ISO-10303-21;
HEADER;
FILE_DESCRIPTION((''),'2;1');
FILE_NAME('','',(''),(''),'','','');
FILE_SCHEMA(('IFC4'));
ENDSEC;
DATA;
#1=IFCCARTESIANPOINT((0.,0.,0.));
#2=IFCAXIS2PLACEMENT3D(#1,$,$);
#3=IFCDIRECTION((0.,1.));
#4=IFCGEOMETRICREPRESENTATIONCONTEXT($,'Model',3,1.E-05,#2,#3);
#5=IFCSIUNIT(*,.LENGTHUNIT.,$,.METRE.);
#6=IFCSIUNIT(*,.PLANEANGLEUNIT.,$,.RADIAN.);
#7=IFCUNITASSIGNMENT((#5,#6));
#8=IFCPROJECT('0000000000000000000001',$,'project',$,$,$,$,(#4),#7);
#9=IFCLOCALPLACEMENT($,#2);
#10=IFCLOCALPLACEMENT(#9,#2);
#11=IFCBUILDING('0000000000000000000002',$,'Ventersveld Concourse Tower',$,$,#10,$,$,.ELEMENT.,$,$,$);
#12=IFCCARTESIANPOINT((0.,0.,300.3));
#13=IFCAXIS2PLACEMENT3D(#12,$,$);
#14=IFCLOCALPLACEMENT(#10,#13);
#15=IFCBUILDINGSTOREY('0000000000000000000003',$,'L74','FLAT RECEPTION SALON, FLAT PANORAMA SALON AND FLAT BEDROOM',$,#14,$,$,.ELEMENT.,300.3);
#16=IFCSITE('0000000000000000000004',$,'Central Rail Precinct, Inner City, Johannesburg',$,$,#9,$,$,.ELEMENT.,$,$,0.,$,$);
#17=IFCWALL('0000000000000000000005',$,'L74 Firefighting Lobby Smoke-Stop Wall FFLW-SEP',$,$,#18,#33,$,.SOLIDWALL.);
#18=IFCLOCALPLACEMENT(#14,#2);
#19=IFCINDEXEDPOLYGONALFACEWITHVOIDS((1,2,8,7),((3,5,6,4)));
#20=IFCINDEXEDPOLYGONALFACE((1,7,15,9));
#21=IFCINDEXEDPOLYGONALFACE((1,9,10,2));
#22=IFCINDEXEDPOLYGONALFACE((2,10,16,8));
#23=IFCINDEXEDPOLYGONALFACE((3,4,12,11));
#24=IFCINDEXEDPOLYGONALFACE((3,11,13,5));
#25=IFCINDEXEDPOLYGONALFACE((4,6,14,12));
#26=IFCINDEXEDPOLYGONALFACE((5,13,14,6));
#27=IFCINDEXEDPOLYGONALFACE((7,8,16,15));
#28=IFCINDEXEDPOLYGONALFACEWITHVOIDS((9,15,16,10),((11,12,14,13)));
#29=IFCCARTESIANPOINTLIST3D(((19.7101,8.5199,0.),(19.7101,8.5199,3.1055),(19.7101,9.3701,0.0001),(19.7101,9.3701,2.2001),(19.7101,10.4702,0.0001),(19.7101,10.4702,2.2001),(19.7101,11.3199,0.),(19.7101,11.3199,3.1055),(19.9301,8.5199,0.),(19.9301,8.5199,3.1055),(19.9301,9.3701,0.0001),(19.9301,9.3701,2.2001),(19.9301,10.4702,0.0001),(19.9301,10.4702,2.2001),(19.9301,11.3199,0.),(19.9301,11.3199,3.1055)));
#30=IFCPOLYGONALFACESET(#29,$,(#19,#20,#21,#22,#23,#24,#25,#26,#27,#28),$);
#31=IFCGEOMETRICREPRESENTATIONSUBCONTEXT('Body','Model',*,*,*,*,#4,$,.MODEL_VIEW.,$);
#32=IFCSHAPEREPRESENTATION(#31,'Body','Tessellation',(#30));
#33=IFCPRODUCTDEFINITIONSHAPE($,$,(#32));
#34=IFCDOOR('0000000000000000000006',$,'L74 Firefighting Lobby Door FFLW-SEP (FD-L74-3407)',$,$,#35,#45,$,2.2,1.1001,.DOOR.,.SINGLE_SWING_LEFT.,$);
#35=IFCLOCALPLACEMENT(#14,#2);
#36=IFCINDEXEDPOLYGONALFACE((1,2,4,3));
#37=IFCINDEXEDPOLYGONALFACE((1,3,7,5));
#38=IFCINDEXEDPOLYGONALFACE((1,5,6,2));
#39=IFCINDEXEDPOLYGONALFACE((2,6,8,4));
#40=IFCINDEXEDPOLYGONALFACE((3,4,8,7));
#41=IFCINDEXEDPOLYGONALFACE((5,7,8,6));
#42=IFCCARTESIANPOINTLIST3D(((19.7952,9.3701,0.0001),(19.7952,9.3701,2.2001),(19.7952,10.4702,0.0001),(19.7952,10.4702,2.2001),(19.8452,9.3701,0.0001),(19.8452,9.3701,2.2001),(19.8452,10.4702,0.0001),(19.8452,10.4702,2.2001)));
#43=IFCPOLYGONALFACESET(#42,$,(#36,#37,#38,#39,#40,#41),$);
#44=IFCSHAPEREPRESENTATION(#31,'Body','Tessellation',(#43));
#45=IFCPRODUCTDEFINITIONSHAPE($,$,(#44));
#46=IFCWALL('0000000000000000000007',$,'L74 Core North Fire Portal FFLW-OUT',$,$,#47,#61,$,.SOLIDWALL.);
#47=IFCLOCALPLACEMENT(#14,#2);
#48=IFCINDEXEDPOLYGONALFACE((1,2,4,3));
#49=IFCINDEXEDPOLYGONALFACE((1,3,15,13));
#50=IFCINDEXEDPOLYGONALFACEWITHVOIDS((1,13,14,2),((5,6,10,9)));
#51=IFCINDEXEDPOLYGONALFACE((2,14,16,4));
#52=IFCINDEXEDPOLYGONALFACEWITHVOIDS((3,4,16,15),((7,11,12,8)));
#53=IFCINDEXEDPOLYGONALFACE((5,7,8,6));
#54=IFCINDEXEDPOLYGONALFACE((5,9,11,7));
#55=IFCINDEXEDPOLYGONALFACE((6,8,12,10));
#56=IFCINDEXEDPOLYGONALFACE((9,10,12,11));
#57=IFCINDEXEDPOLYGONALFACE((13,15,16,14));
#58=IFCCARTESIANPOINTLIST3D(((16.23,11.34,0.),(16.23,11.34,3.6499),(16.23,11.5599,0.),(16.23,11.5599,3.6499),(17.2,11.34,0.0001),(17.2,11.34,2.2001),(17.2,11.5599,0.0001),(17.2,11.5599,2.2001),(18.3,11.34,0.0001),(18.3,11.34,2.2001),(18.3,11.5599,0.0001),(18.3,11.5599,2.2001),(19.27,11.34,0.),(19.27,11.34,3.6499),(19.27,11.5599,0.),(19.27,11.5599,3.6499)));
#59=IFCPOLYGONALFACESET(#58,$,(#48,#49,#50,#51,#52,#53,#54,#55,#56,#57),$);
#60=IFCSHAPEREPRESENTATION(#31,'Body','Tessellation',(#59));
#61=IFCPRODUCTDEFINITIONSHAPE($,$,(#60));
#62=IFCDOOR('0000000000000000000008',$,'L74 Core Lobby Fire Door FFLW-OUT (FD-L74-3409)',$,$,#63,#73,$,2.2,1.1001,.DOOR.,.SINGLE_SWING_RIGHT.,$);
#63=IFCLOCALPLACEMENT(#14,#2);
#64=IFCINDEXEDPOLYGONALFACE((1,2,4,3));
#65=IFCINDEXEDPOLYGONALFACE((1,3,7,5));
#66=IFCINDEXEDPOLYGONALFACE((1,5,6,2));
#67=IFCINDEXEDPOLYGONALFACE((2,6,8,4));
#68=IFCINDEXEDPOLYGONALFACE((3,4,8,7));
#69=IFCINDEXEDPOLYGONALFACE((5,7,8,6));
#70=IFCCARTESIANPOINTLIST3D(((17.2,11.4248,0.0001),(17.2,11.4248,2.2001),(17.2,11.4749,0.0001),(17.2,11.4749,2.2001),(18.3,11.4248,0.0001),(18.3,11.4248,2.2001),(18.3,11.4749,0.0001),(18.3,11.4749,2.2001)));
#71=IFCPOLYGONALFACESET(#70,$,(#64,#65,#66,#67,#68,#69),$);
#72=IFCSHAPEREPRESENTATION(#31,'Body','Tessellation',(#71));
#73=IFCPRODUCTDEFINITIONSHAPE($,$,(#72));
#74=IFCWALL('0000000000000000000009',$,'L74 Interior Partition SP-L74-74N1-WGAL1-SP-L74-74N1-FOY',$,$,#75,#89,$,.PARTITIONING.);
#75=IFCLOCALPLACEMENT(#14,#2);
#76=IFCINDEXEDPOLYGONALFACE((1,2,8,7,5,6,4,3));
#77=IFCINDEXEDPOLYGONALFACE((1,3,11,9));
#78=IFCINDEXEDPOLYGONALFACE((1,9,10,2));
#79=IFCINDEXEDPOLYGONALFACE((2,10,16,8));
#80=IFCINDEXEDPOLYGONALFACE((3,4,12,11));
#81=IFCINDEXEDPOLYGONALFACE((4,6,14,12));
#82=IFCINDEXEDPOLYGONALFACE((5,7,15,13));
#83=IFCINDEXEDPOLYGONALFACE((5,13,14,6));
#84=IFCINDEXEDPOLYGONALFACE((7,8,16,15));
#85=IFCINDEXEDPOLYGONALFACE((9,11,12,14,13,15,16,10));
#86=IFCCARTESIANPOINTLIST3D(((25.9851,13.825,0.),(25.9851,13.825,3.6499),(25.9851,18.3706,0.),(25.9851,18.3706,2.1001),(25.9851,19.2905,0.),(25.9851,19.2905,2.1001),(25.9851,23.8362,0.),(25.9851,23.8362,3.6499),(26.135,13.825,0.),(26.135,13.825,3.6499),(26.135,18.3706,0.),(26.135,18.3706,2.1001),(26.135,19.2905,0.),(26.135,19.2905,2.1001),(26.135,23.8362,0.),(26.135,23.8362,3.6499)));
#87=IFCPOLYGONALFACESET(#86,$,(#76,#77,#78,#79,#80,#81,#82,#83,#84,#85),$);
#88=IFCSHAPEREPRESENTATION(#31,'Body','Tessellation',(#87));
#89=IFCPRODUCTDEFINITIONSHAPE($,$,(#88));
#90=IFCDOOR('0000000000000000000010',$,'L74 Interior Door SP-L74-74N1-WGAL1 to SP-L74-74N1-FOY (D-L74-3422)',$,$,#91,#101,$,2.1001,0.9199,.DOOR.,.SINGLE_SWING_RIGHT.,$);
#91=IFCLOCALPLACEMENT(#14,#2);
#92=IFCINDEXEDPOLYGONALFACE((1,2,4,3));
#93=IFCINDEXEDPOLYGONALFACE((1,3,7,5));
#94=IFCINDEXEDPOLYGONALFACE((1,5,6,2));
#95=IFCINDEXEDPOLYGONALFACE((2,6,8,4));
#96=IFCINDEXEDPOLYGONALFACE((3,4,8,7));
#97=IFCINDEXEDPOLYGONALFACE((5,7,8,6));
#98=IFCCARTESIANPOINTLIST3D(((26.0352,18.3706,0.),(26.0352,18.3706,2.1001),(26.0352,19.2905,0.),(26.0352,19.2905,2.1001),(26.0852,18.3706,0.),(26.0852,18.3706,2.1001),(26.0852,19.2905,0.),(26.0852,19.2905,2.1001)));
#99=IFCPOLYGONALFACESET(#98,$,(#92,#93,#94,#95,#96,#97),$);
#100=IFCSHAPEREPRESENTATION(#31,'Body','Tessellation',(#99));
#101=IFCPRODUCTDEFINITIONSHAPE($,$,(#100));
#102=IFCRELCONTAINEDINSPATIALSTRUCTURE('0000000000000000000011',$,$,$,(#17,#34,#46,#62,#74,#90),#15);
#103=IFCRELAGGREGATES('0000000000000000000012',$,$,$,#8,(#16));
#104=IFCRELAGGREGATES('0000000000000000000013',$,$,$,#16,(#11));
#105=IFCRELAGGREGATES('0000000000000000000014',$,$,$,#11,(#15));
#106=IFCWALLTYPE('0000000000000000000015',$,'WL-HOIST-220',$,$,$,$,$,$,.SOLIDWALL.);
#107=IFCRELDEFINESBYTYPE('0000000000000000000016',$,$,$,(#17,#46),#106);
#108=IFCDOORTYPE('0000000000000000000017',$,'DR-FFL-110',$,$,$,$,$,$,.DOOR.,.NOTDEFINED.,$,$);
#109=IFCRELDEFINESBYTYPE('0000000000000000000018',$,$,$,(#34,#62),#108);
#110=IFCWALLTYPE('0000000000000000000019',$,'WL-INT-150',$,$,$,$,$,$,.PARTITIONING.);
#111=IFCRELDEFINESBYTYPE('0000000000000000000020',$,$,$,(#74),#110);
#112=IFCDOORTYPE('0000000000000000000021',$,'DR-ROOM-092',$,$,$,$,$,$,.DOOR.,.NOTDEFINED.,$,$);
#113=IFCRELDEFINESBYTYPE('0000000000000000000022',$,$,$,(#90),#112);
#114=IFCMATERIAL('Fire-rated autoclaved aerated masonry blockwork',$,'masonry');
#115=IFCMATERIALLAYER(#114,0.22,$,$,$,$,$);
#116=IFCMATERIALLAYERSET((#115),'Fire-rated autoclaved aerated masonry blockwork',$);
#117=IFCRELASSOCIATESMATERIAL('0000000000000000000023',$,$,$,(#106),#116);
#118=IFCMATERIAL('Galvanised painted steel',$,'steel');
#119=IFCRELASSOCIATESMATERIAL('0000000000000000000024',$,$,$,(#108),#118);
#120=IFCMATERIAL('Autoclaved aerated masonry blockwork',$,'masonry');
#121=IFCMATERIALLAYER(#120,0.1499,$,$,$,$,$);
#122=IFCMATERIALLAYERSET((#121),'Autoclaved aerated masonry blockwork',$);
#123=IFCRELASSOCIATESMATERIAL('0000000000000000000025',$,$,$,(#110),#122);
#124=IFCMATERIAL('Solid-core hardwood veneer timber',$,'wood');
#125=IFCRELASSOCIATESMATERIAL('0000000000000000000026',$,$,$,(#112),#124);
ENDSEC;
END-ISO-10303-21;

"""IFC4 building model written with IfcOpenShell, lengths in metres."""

from ifc_helpers import new_model, si_unit, direction, frame, frame_2d, origin, place, context, subcontext, project, spatial, rectangle, extrude, material, layer, layer_set, type_object, element, fill, save


model = new_model("IFC4")

# Units and contexts
model_context = context("Model", 3, precision=1e-05, world=origin(), true_north=direction((0.0, 1.0)))
body_context = subcontext(model_context, "Body", "Model", "MODEL_VIEW")
ifc_project = project(units=[si_unit("LENGTHUNIT", "METRE"), si_unit("PLANEANGLEUNIT", "RADIAN")], contexts=[model_context])

# Site, building, storey
site_placement = place(None, origin())
site = spatial("IfcSite", under=ifc_project, at=site_placement, Name="Central Rail Precinct, Inner City, Johannesburg", CompositionType="ELEMENT", RefElevation=0.0)
building_placement = place(site_placement, origin())
building = spatial("IfcBuilding", under=site, at=building_placement, Name="Ventersveld Concourse Tower", CompositionType="ELEMENT")
storey_placement = place(building_placement, frame((0.0, 0.0, 300.3)))
storey = spatial("IfcBuildingStorey", under=building, at=storey_placement, Name="L74", Description="FLAT RECEPTION SALON, FLAT PANORAMA SALON AND FLAT BEDROOM", CompositionType="ELEMENT", Elevation=300.3)

# Walls, openings, doors
ifc_material_1 = material(Name="Fire-rated autoclaved aerated masonry blockwork", Category="masonry")
ifc_layer_1 = layer(ifc_material_1, 0.22)
ifc_layer_set_1 = layer_set([ifc_layer_1], Name="Fire-rated autoclaved aerated masonry blockwork")
wall_type_1 = type_object("IfcWallType", Name="WL-HOIST-220", PredefinedType="SOLIDWALL", material=ifc_layer_set_1)
ifc_material_2 = material(Name="Galvanised painted steel", Category="steel")
wall_1_placement = place(storey_placement, frame((19.8201, 8.52, 0.0), z_axis=(0.0, 0.0, 1.0), x_axis=(0.0, 1.0, 0.0)))
wall_1 = element("IfcWall", 1, at=wall_1_placement, inside=storey, type_object=wall_type_1, Name="L74 Firefighting Lobby Smoke-Stop Wall FFLW-SEP", PredefinedType="SOLIDWALL", context=body_context, shape_type="SweptSolid", body=[
    extrude(rectangle(XDim=2.8, YDim=0.22, at=frame_2d((1.3999, 0.0))), origin(), (0.0, 0.0, 1.0), 3.1055),
])
opening_1_placement = place(wall_1_placement, frame((0.8501, 0.0, 0.0)))
opening_1 = element("IfcOpeningElement", 2, at=opening_1_placement, cuts=wall_1, PredefinedType="OPENING", context=body_context, shape_type="SweptSolid", body=[
    extrude(rectangle(XDim=1.1001, YDim=2.2, at=frame_2d((0.55, 1.1001))), frame((0.0, 0.1201, 0.0), z_axis=(0.0, -1.0, 0.0), x_axis=(1.0, 0.0, 0.0)), (0.0, 0.0, 1.0), 0.24),
])
door_type_1 = type_object("IfcDoorType", Name="DR-FFL-110", OperationType="NOTDEFINED", PredefinedType="DOOR", material=ifc_material_2)
door_1_placement = place(opening_1_placement, origin())
door_1 = element("IfcDoor", 3, at=door_1_placement, inside=storey, type_object=door_type_1, Name="L74 Firefighting Lobby Door FFLW-SEP (FD-L74-3407)", OperationType="SINGLE_SWING_LEFT", OverallHeight=2.2, OverallWidth=1.1001, PredefinedType="DOOR", context=body_context, shape_type="SweptSolid", body=[
    extrude(rectangle(XDim=1.1001, YDim=2.2, at=frame_2d((0.55, 1.1001))), frame((0.0, 0.0249, 0.0), z_axis=(0.0, -1.0, 0.0), x_axis=(1.0, 0.0, 0.0)), (0.0, 0.0, 1.0), 0.05),
])
fill(opening_1, door_1)
wall_2_placement = place(storey_placement, frame((16.23, 11.45, 0.0), z_axis=(0.0, 0.0, 1.0), x_axis=(1.0, 0.0, 0.0)))
wall_2 = element("IfcWall", 4, at=wall_2_placement, inside=storey, type_object=wall_type_1, Name="L74 Core North Fire Portal FFLW-OUT", PredefinedType="SOLIDWALL", context=body_context, shape_type="SweptSolid", body=[
    extrude(rectangle(XDim=3.04, YDim=0.22, at=frame_2d((1.52, 0.0))), origin(), (0.0, 0.0, 1.0), 3.6499),
])
opening_2_placement = place(wall_2_placement, frame((0.97, 0.0, 0.0)))
opening_2 = element("IfcOpeningElement", 5, at=opening_2_placement, cuts=wall_2, PredefinedType="OPENING", context=body_context, shape_type="SweptSolid", body=[
    extrude(rectangle(XDim=1.1001, YDim=2.2, at=frame_2d((0.55, 1.1001))), frame((0.0, 0.1201, 0.0), z_axis=(0.0, -1.0, 0.0), x_axis=(1.0, 0.0, 0.0)), (0.0, 0.0, 1.0), 0.24),
])
door_2_placement = place(opening_2_placement, origin())
door_2 = element("IfcDoor", 6, at=door_2_placement, inside=storey, type_object=door_type_1, Name="L74 Core Lobby Fire Door FFLW-OUT (FD-L74-3409)", OperationType="SINGLE_SWING_RIGHT", OverallHeight=2.2, OverallWidth=1.1001, PredefinedType="DOOR", context=body_context, shape_type="SweptSolid", body=[
    extrude(rectangle(XDim=1.1001, YDim=2.2, at=frame_2d((0.55, 1.1001))), frame((0.0, 0.0249, 0.0), z_axis=(0.0, -1.0, 0.0), x_axis=(1.0, 0.0, 0.0)), (0.0, 0.0, 1.0), 0.05),
])
fill(opening_2, door_2)
ifc_material_3 = material(Name="Autoclaved aerated masonry blockwork", Category="masonry")
ifc_layer_2 = layer(ifc_material_3, 0.1499)
ifc_layer_set_2 = layer_set([ifc_layer_2], Name="Autoclaved aerated masonry blockwork")
wall_type_2 = type_object("IfcWallType", Name="WL-INT-150", PredefinedType="PARTITIONING", material=ifc_layer_set_2)
wall_3_placement = place(storey_placement, frame((26.0601, 13.825, 0.0), z_axis=(0.0, 0.0, 1.0), x_axis=(0.0, 1.0, 0.0)))
wall_3 = element("IfcWall", 7, at=wall_3_placement, inside=storey, type_object=wall_type_2, Name="L74 Interior Partition SP-L74-74N1-WGAL1-SP-L74-74N1-FOY", PredefinedType="PARTITIONING", context=body_context, shape_type="SweptSolid", body=[
    extrude(rectangle(XDim=10.0112, YDim=0.1499, at=frame_2d((5.0056, 0.0))), origin(), (0.0, 0.0, 1.0), 3.6499),
])
opening_3_placement = place(wall_3_placement, frame((4.5457, 0.0, 0.0)))
opening_3 = element("IfcOpeningElement", 8, at=opening_3_placement, cuts=wall_3, PredefinedType="OPENING", context=body_context, shape_type="SweptSolid", body=[
    extrude(rectangle(XDim=0.9199, YDim=2.1001, at=frame_2d((0.46, 1.05))), frame((0.0, 0.085, 0.0), z_axis=(0.0, -1.0, 0.0), x_axis=(1.0, 0.0, 0.0)), (0.0, 0.0, 1.0), 0.1699),
])
ifc_material_4 = material(Name="Solid-core hardwood veneer timber", Category="wood")
door_type_2 = type_object("IfcDoorType", Name="DR-ROOM-092", OperationType="NOTDEFINED", PredefinedType="DOOR", material=ifc_material_4)
door_3_placement = place(opening_3_placement, origin())
door_3 = element("IfcDoor", 9, at=door_3_placement, inside=storey, type_object=door_type_2, Name="L74 Interior Door SP-L74-74N1-WGAL1 to SP-L74-74N1-FOY (D-L74-3422)", OperationType="SINGLE_SWING_RIGHT", OverallHeight=2.1001, OverallWidth=0.9199, PredefinedType="DOOR", context=body_context, shape_type="SweptSolid", body=[
    extrude(rectangle(XDim=0.9199, YDim=2.1001, at=frame_2d((0.46, 1.05))), frame((0.0, 0.0249, 0.0), z_axis=(0.0, -1.0, 0.0), x_axis=(1.0, 0.0, 0.0)), (0.0, 0.0, 1.0), 0.05),
])
fill(opening_3, door_3)

save(model, "model.ifc")
